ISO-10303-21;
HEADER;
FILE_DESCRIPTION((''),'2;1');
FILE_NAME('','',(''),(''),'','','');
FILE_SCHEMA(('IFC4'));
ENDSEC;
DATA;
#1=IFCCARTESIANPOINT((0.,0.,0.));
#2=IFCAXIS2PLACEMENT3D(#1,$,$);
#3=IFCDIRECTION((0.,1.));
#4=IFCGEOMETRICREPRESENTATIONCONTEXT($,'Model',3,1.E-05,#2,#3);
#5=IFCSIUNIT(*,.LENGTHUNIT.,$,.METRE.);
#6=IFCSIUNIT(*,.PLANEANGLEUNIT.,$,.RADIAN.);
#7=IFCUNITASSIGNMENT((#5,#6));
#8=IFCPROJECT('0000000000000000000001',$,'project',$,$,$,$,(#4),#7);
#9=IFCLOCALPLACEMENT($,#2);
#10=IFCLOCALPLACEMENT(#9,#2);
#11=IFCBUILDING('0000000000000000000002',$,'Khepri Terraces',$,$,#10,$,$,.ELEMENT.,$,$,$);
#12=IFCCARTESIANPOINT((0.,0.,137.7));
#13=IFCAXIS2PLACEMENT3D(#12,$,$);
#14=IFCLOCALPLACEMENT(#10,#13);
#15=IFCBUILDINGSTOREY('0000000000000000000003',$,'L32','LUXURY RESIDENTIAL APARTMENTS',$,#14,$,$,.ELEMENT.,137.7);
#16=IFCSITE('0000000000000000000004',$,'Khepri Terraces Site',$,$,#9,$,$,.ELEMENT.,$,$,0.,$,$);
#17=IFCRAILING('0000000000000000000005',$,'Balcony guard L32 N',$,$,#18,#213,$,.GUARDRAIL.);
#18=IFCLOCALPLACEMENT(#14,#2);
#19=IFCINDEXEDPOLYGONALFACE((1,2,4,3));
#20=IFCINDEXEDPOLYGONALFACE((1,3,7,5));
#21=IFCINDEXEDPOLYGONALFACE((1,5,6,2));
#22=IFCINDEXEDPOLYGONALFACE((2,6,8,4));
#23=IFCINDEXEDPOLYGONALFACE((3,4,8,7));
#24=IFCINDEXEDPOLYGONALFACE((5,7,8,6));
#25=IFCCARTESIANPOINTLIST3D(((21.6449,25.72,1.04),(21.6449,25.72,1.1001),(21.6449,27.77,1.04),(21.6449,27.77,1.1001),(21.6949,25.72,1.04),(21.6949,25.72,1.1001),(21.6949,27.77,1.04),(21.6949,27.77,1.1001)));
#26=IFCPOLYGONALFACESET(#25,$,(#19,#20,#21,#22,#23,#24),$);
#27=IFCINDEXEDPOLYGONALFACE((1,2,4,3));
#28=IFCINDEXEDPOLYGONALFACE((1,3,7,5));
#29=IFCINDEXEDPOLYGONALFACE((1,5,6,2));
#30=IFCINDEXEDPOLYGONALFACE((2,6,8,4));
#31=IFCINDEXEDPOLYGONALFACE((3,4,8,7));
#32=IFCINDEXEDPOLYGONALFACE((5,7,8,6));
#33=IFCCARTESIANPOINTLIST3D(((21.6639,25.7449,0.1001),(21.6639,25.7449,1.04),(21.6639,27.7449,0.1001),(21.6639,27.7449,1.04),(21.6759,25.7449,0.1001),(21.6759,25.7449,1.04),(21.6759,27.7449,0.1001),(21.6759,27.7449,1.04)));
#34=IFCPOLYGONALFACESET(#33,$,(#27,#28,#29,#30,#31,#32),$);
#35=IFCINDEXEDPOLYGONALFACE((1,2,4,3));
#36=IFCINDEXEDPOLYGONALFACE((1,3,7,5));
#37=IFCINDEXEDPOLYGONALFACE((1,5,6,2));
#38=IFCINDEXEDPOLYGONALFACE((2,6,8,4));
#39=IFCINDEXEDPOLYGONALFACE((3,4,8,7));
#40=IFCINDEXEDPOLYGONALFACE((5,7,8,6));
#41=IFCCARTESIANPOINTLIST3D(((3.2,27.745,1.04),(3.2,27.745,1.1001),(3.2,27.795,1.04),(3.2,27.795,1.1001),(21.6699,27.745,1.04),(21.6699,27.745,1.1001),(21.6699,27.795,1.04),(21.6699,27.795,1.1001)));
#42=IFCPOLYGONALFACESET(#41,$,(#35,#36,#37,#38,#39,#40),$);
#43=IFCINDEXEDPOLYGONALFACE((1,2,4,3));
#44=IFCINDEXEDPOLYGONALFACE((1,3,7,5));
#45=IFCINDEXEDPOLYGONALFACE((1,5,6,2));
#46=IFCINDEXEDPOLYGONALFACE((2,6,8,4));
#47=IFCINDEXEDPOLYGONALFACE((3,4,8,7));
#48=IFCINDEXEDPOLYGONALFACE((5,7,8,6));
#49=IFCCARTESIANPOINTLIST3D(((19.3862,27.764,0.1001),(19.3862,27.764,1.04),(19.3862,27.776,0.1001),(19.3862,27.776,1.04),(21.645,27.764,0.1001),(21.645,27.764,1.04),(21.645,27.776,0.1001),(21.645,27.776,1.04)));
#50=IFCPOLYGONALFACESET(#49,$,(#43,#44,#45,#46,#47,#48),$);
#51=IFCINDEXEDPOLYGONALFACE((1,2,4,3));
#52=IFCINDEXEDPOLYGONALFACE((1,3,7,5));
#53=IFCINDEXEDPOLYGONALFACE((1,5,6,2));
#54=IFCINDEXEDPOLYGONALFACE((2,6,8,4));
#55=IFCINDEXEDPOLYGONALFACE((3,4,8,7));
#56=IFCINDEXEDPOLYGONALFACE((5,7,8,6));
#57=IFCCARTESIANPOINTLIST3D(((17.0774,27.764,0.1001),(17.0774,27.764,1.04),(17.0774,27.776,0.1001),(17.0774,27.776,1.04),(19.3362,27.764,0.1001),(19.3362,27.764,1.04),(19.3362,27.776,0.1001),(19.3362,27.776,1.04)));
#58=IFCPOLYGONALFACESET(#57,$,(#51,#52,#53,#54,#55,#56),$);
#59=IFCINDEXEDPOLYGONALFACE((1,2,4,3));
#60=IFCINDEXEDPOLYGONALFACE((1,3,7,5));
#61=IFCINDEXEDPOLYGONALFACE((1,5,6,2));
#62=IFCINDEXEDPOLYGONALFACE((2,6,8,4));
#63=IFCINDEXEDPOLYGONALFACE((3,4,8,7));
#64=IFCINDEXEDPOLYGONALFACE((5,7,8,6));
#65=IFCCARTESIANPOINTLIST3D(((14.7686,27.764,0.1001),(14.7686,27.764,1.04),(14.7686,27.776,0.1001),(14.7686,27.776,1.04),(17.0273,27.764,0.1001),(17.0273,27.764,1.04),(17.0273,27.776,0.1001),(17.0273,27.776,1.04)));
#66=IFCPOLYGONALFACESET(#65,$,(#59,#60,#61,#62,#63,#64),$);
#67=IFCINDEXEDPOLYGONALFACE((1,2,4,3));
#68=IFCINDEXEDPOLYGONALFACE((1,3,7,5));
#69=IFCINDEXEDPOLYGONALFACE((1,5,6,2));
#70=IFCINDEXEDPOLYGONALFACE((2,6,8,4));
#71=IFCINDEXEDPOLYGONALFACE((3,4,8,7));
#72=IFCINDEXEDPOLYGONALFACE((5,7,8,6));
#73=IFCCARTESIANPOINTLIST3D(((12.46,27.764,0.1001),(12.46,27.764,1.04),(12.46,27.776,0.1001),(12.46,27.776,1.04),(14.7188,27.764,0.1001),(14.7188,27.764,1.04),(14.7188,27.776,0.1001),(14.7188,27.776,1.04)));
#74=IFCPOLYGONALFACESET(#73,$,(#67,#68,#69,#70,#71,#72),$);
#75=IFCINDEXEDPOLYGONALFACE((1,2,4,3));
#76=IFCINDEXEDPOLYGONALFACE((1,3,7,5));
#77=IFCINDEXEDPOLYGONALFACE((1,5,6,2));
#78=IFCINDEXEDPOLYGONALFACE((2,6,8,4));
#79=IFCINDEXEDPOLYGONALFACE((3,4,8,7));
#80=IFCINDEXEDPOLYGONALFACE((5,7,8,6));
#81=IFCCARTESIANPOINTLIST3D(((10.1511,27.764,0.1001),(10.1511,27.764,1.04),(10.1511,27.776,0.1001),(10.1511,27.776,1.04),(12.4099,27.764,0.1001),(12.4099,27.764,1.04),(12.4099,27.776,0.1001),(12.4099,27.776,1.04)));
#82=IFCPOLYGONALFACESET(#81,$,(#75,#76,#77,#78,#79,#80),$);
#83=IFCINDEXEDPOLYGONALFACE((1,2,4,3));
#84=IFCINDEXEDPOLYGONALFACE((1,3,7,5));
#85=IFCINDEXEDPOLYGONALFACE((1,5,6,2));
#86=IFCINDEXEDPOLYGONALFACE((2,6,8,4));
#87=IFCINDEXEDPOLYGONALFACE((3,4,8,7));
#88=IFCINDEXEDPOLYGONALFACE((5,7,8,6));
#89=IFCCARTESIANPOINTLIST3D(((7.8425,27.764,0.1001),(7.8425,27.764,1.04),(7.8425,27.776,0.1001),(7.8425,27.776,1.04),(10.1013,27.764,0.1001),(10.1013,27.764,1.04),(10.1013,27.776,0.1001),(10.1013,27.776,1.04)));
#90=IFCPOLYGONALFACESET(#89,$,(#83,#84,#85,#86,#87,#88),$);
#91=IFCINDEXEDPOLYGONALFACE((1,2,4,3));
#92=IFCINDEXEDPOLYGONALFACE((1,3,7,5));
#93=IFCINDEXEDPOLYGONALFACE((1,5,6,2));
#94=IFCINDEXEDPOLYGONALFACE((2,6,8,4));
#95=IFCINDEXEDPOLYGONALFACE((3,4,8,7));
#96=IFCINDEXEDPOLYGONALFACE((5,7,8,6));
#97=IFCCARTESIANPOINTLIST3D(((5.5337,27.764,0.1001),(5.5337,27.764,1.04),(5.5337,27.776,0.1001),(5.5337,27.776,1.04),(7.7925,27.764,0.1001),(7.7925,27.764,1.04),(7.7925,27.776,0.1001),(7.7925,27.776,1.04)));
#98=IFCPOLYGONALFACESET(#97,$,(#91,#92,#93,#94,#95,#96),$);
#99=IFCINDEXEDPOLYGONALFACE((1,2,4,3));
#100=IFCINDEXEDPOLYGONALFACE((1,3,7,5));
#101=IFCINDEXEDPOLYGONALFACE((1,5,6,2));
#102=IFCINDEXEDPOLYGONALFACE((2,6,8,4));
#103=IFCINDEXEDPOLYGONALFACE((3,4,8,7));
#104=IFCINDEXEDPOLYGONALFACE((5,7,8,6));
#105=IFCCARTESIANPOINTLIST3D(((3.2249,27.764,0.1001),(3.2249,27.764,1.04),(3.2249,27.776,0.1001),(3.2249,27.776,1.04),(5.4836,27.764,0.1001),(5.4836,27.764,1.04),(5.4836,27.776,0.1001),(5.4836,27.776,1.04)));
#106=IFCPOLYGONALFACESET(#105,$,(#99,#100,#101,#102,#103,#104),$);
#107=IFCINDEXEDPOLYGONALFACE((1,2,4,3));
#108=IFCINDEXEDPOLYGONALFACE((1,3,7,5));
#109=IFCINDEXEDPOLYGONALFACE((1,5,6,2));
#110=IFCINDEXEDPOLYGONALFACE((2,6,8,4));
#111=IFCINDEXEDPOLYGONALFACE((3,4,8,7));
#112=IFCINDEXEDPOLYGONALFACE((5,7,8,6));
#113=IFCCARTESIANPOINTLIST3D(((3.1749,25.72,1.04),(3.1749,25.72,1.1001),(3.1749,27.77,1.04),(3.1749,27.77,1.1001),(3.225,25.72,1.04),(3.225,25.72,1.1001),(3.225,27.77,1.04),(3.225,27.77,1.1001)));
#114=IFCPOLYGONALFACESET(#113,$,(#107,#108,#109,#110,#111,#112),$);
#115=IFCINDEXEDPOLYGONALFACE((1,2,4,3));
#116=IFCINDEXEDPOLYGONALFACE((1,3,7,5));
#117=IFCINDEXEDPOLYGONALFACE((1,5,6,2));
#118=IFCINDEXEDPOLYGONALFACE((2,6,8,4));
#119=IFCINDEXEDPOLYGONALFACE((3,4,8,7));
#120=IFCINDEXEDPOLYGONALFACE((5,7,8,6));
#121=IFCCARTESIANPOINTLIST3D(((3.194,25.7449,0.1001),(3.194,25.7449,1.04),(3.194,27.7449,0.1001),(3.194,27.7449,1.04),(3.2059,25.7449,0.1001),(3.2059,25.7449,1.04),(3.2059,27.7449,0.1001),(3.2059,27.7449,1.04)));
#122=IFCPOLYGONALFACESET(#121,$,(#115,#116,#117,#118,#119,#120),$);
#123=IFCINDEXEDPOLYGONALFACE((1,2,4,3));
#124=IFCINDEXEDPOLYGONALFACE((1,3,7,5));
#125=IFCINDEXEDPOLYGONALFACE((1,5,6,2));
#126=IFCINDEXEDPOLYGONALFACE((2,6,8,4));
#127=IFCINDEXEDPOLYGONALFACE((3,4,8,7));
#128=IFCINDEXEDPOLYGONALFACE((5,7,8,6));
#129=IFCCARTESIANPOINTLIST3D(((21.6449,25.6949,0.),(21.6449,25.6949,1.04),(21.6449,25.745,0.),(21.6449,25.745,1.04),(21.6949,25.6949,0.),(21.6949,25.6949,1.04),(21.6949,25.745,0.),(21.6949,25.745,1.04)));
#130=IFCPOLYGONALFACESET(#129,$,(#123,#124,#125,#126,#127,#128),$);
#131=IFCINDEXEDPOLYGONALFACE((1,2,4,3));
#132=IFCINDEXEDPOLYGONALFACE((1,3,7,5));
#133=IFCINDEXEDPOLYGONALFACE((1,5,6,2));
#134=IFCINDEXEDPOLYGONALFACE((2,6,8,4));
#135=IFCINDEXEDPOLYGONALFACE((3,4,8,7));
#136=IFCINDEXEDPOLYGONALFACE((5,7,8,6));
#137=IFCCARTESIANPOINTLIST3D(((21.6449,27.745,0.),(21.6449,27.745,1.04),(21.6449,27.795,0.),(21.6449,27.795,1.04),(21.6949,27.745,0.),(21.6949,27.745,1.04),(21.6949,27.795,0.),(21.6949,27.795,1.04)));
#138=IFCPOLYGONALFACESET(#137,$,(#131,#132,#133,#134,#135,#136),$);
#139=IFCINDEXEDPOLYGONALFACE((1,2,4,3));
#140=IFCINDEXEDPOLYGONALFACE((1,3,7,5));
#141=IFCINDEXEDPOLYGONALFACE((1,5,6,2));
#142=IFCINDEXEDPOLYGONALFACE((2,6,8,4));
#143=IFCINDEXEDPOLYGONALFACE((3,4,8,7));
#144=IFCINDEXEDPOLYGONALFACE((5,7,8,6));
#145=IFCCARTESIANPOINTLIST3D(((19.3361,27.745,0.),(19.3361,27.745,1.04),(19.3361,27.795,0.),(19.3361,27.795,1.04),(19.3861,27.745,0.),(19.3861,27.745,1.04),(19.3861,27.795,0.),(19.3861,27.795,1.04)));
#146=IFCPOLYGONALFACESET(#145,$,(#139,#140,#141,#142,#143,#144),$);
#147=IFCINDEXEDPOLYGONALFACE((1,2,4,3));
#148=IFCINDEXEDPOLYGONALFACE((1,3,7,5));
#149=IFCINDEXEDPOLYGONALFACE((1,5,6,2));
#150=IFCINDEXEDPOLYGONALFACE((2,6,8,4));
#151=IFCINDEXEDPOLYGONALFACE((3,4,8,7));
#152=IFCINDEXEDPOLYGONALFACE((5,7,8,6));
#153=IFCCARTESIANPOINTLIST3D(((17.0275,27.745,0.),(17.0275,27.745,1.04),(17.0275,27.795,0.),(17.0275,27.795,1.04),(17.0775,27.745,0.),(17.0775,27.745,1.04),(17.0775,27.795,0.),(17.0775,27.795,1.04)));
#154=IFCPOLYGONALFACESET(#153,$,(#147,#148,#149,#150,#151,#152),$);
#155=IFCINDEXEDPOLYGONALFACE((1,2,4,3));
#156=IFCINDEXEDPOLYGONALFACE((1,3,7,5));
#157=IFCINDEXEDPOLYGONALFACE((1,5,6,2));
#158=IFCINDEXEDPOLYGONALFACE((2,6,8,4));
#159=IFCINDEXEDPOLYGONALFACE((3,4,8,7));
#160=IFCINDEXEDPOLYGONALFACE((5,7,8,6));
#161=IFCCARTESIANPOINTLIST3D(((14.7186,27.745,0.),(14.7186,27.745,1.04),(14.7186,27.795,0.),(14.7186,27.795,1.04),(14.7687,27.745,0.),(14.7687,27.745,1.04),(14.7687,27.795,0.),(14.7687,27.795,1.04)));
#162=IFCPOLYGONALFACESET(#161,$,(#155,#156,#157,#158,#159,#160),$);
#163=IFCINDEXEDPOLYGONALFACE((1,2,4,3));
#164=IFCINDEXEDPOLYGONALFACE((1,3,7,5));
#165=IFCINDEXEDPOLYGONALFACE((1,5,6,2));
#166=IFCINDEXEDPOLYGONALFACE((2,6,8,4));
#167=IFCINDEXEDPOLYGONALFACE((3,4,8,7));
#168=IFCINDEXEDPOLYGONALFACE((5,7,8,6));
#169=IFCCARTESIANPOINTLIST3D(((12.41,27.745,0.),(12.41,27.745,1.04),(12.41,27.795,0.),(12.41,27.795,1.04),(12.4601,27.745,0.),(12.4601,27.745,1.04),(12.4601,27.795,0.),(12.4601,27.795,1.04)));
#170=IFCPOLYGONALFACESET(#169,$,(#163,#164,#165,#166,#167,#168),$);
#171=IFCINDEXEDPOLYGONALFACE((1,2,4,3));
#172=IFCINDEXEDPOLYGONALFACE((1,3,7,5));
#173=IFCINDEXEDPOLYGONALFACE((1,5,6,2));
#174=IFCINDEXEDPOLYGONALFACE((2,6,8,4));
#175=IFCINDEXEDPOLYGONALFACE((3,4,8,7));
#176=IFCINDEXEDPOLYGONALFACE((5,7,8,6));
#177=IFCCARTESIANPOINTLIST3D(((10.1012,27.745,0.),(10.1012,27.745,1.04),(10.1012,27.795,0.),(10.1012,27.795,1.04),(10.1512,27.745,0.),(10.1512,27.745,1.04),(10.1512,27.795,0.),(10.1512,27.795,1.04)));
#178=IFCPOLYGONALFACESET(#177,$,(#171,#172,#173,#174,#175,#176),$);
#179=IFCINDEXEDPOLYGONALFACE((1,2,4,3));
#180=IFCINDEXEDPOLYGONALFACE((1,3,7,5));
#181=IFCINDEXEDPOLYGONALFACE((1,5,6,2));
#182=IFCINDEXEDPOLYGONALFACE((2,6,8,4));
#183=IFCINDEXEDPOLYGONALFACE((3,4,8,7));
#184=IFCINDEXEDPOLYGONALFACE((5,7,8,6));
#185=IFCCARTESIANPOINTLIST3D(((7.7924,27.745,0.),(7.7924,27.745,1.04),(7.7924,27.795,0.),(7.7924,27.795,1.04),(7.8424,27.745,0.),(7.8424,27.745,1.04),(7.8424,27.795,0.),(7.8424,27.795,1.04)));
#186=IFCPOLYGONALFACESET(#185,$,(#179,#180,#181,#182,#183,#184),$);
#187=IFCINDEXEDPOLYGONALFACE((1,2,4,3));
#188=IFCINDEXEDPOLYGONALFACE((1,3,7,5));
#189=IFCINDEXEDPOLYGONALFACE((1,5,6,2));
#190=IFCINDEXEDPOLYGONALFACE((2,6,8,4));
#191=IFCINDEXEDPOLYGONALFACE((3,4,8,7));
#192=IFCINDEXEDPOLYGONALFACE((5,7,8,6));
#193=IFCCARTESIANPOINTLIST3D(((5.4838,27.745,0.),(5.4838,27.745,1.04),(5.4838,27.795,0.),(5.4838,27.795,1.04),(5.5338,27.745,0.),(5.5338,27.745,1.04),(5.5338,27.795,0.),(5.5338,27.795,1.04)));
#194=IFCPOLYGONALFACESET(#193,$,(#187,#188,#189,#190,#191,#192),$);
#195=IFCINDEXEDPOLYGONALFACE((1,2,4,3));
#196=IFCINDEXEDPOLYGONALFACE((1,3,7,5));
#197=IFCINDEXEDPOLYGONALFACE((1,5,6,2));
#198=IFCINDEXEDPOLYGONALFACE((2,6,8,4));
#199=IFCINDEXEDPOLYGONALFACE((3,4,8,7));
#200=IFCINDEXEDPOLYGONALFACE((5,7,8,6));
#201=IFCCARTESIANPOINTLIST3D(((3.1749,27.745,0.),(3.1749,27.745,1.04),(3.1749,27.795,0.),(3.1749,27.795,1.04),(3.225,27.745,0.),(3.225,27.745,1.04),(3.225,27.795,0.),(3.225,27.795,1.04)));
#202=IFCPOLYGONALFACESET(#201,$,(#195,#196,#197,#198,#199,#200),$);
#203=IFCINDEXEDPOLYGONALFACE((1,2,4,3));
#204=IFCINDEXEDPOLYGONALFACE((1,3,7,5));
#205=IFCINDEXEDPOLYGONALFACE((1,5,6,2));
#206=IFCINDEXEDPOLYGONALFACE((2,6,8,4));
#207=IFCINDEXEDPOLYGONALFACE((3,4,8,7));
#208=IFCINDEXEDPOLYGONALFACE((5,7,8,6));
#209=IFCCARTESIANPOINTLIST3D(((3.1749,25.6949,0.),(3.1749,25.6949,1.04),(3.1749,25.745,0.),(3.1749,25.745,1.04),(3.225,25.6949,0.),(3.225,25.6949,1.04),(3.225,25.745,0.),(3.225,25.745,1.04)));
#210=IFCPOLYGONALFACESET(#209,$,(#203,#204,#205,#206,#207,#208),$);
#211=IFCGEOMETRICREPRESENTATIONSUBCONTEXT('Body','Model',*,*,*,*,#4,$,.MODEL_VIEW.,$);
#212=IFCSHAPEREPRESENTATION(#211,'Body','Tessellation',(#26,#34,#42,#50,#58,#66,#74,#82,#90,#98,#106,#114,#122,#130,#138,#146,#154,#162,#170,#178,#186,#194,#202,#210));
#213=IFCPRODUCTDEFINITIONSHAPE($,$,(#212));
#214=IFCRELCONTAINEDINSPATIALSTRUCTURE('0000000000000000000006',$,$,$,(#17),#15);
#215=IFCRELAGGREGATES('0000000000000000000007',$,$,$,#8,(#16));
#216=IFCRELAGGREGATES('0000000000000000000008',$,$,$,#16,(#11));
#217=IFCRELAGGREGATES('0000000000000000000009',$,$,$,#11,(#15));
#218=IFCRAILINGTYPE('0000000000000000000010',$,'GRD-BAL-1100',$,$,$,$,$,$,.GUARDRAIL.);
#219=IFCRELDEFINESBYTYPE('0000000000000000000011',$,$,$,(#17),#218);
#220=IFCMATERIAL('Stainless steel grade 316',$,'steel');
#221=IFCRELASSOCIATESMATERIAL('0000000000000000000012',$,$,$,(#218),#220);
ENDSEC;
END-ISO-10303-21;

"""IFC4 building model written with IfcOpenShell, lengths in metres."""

from ifc_helpers import new_model, si_unit, direction, frame, origin, origin_2d, place, context, subcontext, project, spatial, rectangle, extrude, material, type_object, element, save


model = new_model("IFC4")

# Units and contexts
model_context = context("Model", 3, precision=1e-05, world=origin(), true_north=direction((0.0, 1.0)))
body_context = subcontext(model_context, "Body", "Model", "MODEL_VIEW")
ifc_project = project(units=[si_unit("LENGTHUNIT", "METRE"), si_unit("PLANEANGLEUNIT", "RADIAN")], contexts=[model_context])

# Site, building, storey
site_placement = place(None, origin())
site = spatial("IfcSite", under=ifc_project, at=site_placement, Name="Khepri Terraces Site", CompositionType="ELEMENT", RefElevation=0.0)
building_placement = place(site_placement, origin())
building = spatial("IfcBuilding", under=site, at=building_placement, Name="Khepri Terraces", CompositionType="ELEMENT")
storey_placement = place(building_placement, frame((0.0, 0.0, 137.7)))
storey = spatial("IfcBuildingStorey", under=building, at=storey_placement, Name="L32", Description="LUXURY RESIDENTIAL APARTMENTS", CompositionType="ELEMENT", Elevation=137.7)

# Railing
ifc_material_1 = material(Name="Stainless steel grade 316", Category="steel")
railing_type = type_object("IfcRailingType", Name="GRD-BAL-1100", PredefinedType="GUARDRAIL", material=ifc_material_1)
railing_placement = place(storey_placement, frame((21.6699, 25.72, 0.0)))
element("IfcRailing", 1, at=railing_placement, inside=storey, type_object=railing_type, Name="Balcony guard L32 N", PredefinedType="GUARDRAIL", context=body_context, shape_type="SweptSolid", body=[
    extrude(rectangle(XDim=0.05, YDim=0.0601, at=origin_2d()), frame((0.0, 0.0, 1.0701), z_axis=(0.0, 1.0, 0.0), x_axis=(-1.0, 0.0, 0.0)), (0.0, 0.0, 1.0), 2.05),
    extrude(rectangle(XDim=2.0, YDim=0.012, at=origin_2d()), frame((0.0, 1.0249, 0.1001), z_axis=(0.0, 0.0, 1.0), x_axis=(0.0, 1.0, 0.0)), (0.0, 0.0, 1.0), 0.9399),
    extrude(rectangle(XDim=0.05, YDim=0.0601, at=origin_2d()), frame((0.0, 2.05, 1.0701), z_axis=(-1.0, 0.0, 0.0), x_axis=(0.0, -1.0, 0.0)), (0.0, 0.0, 1.0), 18.47),
    extrude(rectangle(XDim=2.2588, YDim=0.012, at=origin_2d()), frame((-1.1543, 2.05, 0.1001), z_axis=(0.0, 0.0, 1.0), x_axis=(-1.0, 0.0, 0.0)), (0.0, 0.0, 1.0), 0.9399),
    extrude(rectangle(XDim=2.2588, YDim=0.012, at=origin_2d()), frame((-3.4631, 2.05, 0.1001), z_axis=(0.0, 0.0, 1.0), x_axis=(-1.0, 0.0, 0.0)), (0.0, 0.0, 1.0), 0.9399),
    extrude(rectangle(XDim=2.2588, YDim=0.012, at=origin_2d()), frame((-5.772, 2.05, 0.1001), z_axis=(0.0, 0.0, 1.0), x_axis=(-1.0, 0.0, 0.0)), (0.0, 0.0, 1.0), 0.9399),
    extrude(rectangle(XDim=2.2588, YDim=0.012, at=origin_2d()), frame((-8.0806, 2.05, 0.1001), z_axis=(0.0, 0.0, 1.0), x_axis=(-1.0, 0.0, 0.0)), (0.0, 0.0, 1.0), 0.9399),
    extrude(rectangle(XDim=2.2588, YDim=0.012, at=origin_2d()), frame((-10.3894, 2.05, 0.1001), z_axis=(0.0, 0.0, 1.0), x_axis=(-1.0, 0.0, 0.0)), (0.0, 0.0, 1.0), 0.9399),
    extrude(rectangle(XDim=2.2588, YDim=0.012, at=origin_2d()), frame((-12.698, 2.05, 0.1001), z_axis=(0.0, 0.0, 1.0), x_axis=(-1.0, 0.0, 0.0)), (0.0, 0.0, 1.0), 0.9399),
    extrude(rectangle(XDim=2.2588, YDim=0.012, at=origin_2d()), frame((-15.0068, 2.05, 0.1001), z_axis=(0.0, 0.0, 1.0), x_axis=(-1.0, 0.0, 0.0)), (0.0, 0.0, 1.0), 0.9399),
    extrude(rectangle(XDim=2.2588, YDim=0.012, at=origin_2d()), frame((-17.3157, 2.05, 0.1001), z_axis=(0.0, 0.0, 1.0), x_axis=(-1.0, 0.0, 0.0)), (0.0, 0.0, 1.0), 0.9399),
    extrude(rectangle(XDim=0.05, YDim=0.0601, at=origin_2d()), frame((-18.47, 2.05, 1.0701), z_axis=(0.0, -1.0, 0.0), x_axis=(1.0, 0.0, 0.0)), (0.0, 0.0, 1.0), 2.05),
    extrude(rectangle(XDim=2.0, YDim=0.012, at=origin_2d()), frame((-18.47, 1.0249, 0.1001), z_axis=(0.0, 0.0, 1.0), x_axis=(0.0, -1.0, 0.0)), (0.0, 0.0, 1.0), 0.9399),
    extrude(rectangle(XDim=0.05, YDim=0.05, at=origin_2d()), origin(), (0.0, 0.0, 1.0), 1.04),
    extrude(rectangle(XDim=0.05, YDim=0.05, at=origin_2d()), frame((0.0, 2.05, 0.0)), (0.0, 0.0, 1.0), 1.04),
    extrude(rectangle(XDim=0.05, YDim=0.05, at=origin_2d()), frame((-2.3088, 2.05, 0.0)), (0.0, 0.0, 1.0), 1.04),
    extrude(rectangle(XDim=0.05, YDim=0.05, at=origin_2d()), frame((-4.6174, 2.05, 0.0)), (0.0, 0.0, 1.0), 1.04),
    extrude(rectangle(XDim=0.05, YDim=0.05, at=origin_2d()), frame((-6.9263, 2.05, 0.0)), (0.0, 0.0, 1.0), 1.04),
    extrude(rectangle(XDim=0.05, YDim=0.05, at=origin_2d()), frame((-9.2349, 2.05, 0.0)), (0.0, 0.0, 1.0), 1.04),
    extrude(rectangle(XDim=0.05, YDim=0.05, at=origin_2d()), frame((-11.5437, 2.05, 0.0)), (0.0, 0.0, 1.0), 1.04),
    extrude(rectangle(XDim=0.05, YDim=0.05, at=origin_2d()), frame((-13.8525, 2.05, 0.0)), (0.0, 0.0, 1.0), 1.04),
    extrude(rectangle(XDim=0.05, YDim=0.05, at=origin_2d()), frame((-16.1611, 2.05, 0.0)), (0.0, 0.0, 1.0), 1.04),
    extrude(rectangle(XDim=0.05, YDim=0.05, at=origin_2d()), frame((-18.47, 2.05, 0.0)), (0.0, 0.0, 1.0), 1.04),
    extrude(rectangle(XDim=0.05, YDim=0.05, at=origin_2d()), frame((-18.47, 0.0, 0.0)), (0.0, 0.0, 1.0), 1.04),
])

save(model, "model.ifc")
